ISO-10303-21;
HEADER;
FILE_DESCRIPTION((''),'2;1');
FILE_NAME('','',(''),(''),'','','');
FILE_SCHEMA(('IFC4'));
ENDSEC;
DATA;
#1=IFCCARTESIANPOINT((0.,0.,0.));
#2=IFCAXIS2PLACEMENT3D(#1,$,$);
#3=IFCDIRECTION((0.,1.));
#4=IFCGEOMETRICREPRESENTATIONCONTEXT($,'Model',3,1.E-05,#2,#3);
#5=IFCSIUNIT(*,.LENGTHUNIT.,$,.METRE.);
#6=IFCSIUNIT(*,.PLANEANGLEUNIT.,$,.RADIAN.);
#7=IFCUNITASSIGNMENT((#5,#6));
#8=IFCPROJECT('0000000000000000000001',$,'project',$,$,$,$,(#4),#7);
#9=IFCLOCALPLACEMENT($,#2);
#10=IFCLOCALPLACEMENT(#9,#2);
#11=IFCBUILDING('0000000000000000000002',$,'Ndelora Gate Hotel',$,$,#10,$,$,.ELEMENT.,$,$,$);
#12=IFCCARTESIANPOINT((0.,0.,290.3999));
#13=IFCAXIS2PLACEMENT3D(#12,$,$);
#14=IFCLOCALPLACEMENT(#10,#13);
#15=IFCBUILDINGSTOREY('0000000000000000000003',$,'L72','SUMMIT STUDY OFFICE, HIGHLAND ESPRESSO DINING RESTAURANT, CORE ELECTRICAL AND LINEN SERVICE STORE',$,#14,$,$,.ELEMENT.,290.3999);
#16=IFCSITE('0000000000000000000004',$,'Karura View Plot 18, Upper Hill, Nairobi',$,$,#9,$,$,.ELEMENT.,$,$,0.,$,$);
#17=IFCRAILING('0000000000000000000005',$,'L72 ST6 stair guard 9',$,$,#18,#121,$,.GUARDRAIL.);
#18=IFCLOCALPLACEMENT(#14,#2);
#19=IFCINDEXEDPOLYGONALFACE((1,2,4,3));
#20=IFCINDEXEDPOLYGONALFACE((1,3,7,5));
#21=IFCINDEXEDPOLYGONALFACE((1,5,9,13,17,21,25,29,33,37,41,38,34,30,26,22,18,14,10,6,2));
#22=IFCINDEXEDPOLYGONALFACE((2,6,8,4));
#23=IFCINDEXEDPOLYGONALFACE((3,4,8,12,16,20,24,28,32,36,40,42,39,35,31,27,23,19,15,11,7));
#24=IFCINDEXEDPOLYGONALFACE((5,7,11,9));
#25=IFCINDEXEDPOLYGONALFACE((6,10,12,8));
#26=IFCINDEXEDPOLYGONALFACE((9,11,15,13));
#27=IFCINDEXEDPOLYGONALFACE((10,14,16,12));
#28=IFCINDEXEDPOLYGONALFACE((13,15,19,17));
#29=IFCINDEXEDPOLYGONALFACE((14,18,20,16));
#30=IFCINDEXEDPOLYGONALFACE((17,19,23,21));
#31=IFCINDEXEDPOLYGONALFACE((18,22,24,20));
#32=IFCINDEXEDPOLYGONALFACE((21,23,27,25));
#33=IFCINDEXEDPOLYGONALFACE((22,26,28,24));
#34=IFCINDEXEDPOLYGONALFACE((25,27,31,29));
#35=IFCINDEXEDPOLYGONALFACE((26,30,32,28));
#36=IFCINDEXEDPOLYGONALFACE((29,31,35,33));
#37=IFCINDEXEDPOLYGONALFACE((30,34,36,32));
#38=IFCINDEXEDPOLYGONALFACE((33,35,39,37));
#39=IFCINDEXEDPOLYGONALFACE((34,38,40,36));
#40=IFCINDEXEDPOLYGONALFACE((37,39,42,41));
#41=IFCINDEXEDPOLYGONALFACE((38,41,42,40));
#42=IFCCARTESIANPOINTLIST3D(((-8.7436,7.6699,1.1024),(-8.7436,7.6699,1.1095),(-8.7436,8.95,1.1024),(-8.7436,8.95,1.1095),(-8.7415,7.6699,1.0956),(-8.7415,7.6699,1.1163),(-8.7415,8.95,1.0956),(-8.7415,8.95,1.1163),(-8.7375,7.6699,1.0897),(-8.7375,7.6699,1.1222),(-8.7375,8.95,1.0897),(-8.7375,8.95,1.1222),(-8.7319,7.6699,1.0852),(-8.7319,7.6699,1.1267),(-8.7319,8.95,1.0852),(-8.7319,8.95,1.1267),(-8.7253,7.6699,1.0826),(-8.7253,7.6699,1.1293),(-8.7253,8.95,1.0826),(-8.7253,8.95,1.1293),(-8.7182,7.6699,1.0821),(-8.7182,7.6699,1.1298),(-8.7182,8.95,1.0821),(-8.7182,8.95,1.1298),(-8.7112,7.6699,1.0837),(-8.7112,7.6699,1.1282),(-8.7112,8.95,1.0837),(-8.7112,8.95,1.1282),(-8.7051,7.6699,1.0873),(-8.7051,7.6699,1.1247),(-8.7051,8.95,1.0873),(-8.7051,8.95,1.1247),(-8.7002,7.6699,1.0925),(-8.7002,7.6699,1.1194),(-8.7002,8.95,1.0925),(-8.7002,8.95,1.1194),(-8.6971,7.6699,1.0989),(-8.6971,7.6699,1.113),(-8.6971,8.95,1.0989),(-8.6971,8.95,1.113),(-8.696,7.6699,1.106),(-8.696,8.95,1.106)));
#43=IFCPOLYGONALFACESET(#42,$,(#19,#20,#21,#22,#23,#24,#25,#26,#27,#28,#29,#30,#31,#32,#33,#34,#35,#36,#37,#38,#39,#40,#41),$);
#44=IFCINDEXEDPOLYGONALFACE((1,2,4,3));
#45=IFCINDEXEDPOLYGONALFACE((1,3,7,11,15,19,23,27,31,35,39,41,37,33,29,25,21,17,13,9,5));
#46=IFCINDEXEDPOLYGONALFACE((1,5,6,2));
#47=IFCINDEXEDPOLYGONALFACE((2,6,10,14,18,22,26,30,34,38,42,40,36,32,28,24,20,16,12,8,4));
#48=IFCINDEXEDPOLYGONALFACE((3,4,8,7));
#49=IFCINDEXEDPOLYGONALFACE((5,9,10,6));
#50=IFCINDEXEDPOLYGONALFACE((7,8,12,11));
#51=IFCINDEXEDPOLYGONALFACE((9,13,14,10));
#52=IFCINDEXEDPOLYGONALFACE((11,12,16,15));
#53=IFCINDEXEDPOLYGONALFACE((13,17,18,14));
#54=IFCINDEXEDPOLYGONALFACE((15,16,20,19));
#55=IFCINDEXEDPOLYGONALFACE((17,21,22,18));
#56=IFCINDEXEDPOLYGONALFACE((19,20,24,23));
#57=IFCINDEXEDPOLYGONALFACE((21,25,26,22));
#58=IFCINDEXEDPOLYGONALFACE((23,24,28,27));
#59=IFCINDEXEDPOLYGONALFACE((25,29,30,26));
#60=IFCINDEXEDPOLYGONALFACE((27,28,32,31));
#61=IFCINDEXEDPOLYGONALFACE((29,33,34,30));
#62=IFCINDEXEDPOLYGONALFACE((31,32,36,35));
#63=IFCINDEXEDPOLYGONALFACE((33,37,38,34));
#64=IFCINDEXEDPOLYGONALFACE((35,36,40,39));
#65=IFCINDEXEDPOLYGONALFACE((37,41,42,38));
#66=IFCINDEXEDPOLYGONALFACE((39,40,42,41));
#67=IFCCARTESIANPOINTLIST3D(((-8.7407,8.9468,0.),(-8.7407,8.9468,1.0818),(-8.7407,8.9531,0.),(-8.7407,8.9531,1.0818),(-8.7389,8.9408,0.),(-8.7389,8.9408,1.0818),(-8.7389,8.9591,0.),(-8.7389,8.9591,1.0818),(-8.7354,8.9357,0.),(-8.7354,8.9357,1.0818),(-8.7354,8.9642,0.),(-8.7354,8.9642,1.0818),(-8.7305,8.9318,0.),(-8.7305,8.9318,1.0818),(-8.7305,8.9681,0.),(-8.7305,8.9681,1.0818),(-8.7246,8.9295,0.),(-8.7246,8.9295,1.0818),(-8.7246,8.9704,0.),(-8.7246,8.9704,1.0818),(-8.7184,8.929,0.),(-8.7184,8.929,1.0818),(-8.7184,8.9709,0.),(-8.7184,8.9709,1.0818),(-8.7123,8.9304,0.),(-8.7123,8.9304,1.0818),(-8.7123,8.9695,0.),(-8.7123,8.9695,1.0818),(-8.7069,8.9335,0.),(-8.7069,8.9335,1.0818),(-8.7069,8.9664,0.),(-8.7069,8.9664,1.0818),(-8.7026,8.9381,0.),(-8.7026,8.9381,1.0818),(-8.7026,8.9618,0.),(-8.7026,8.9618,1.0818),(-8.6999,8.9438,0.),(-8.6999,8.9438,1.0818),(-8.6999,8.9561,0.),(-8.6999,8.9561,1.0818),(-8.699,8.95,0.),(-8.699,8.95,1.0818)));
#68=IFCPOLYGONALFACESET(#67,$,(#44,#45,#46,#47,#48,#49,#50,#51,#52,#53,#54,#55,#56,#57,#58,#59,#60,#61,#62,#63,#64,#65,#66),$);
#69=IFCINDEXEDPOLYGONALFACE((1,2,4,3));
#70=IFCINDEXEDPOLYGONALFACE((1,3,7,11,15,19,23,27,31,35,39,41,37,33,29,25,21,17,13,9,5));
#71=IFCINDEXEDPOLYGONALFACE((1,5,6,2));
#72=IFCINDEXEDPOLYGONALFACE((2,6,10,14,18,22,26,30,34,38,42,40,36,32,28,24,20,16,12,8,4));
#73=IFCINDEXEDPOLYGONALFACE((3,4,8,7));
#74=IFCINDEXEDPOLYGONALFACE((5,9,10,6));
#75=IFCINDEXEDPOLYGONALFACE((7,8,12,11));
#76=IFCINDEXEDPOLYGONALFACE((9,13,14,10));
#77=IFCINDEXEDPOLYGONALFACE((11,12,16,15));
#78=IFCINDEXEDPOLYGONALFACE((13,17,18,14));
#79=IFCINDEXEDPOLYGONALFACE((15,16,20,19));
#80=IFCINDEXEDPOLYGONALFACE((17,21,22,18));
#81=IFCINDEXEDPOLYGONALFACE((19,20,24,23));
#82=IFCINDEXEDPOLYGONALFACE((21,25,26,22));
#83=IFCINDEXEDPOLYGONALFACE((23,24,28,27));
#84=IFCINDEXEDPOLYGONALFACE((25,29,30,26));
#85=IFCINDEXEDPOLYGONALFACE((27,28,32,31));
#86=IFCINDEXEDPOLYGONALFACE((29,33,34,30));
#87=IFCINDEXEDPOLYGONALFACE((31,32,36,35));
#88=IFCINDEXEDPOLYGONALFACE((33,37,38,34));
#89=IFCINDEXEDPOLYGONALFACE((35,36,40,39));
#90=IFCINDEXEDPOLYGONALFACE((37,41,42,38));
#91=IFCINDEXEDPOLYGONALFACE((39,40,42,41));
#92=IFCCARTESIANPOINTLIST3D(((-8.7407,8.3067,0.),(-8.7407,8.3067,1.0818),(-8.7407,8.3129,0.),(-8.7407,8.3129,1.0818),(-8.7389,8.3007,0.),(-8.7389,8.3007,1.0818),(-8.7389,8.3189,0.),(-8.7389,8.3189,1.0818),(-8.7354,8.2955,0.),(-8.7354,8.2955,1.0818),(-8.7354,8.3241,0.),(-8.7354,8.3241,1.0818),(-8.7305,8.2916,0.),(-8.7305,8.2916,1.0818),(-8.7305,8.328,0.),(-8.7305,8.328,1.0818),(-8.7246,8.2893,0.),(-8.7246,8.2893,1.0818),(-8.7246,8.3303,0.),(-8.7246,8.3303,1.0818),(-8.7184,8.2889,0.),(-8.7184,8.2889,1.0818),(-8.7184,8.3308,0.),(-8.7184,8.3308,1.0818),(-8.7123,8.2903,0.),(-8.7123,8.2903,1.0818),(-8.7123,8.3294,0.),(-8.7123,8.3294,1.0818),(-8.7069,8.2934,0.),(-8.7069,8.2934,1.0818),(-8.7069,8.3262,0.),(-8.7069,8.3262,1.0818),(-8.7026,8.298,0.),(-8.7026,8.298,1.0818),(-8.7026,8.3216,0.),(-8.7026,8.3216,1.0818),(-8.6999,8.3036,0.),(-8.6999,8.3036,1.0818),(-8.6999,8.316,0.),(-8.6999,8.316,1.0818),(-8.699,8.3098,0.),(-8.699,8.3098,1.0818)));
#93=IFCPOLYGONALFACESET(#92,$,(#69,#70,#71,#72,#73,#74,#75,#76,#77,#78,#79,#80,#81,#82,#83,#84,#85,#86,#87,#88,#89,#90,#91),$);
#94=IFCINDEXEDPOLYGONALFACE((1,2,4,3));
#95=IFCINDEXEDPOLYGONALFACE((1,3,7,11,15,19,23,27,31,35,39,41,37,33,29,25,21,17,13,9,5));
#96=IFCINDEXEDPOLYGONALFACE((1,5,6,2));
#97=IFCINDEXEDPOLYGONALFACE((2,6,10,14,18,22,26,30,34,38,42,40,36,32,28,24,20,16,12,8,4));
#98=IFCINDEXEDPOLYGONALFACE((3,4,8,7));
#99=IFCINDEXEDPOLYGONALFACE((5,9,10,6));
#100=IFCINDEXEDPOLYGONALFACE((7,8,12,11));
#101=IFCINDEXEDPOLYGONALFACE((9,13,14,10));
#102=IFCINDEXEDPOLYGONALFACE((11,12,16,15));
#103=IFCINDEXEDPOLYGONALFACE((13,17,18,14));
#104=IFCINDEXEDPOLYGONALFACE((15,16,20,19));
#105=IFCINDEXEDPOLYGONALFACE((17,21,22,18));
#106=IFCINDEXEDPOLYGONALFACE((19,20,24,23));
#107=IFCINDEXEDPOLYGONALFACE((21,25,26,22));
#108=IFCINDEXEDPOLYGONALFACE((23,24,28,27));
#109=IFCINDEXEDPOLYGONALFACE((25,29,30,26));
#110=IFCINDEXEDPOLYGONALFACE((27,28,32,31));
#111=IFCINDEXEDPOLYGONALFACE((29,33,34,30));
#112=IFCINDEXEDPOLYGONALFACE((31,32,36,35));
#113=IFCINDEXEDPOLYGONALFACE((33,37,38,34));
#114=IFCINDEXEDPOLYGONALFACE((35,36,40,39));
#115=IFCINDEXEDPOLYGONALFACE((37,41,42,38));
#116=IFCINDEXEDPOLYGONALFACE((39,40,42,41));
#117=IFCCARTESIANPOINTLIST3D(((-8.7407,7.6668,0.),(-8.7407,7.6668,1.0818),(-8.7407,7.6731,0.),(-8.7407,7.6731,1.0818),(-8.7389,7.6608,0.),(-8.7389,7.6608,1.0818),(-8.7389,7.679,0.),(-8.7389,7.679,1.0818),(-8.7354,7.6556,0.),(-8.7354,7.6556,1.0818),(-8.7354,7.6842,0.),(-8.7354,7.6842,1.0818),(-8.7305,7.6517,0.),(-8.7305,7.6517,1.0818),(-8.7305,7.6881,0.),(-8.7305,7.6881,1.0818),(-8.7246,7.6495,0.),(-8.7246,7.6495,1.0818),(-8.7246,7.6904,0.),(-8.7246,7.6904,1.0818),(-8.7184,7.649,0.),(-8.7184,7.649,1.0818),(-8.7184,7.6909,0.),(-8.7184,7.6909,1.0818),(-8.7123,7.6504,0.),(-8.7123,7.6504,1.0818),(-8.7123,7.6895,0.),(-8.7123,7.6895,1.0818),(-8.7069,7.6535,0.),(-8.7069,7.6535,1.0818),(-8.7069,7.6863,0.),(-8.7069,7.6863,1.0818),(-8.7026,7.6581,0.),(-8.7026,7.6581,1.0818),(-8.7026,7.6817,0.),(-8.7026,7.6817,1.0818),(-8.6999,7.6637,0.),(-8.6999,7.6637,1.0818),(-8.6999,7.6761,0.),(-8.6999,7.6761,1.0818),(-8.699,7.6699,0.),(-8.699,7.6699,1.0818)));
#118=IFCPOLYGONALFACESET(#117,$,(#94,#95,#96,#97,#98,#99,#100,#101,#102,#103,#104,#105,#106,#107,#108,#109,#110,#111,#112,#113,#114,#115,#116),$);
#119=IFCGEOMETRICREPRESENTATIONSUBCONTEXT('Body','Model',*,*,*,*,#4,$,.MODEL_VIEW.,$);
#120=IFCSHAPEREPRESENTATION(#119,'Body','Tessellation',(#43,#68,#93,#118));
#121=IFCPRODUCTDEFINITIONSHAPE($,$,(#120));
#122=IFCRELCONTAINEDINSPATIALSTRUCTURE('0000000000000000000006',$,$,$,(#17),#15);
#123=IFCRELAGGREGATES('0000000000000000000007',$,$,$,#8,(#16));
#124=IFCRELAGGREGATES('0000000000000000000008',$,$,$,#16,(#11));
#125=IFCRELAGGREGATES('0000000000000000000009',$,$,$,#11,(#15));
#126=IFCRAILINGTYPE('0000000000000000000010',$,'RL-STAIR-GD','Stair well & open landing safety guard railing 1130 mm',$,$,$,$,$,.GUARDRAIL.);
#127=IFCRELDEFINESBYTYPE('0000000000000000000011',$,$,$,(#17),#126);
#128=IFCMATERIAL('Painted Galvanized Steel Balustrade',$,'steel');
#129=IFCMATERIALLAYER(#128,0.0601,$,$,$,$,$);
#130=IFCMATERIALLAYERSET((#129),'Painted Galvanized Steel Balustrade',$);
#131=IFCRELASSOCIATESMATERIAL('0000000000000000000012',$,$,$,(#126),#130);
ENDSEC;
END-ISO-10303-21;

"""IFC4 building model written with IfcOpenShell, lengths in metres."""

from ifc_helpers import new_model, si_unit, direction, frame, origin, origin_2d, place, context, subcontext, project, spatial, circle, extrude, material, layer, layer_set, type_object, element, save


model = new_model("IFC4")

# Units and contexts
model_context = context("Model", 3, precision=1e-05, world=origin(), true_north=direction((0.0, 1.0)))
body_context = subcontext(model_context, "Body", "Model", "MODEL_VIEW")
ifc_project = project(units=[si_unit("LENGTHUNIT", "METRE"), si_unit("PLANEANGLEUNIT", "RADIAN")], contexts=[model_context])

# Site, building, storey
site_placement = place(None, origin())
site = spatial("IfcSite", under=ifc_project, at=site_placement, Name="Karura View Plot 18, Upper Hill, Nairobi", CompositionType="ELEMENT", RefElevation=0.0)
building_placement = place(site_placement, origin())
building = spatial("IfcBuilding", under=site, at=building_placement, Name="Ndelora Gate Hotel", CompositionType="ELEMENT")
storey_placement = place(building_placement, frame((0.0, 0.0, 290.3999)))
storey = spatial("IfcBuildingStorey", under=building, at=storey_placement, Name="L72", Description="SUMMIT STUDY OFFICE, HIGHLAND ESPRESSO DINING RESTAURANT, CORE ELECTRICAL AND LINEN SERVICE STORE", CompositionType="ELEMENT", Elevation=290.3999)

# Railing
ifc_material_1 = material(Name="Painted Galvanized Steel Balustrade", Category="steel")
ifc_layer_1 = layer(ifc_material_1, 0.0601)
ifc_layer_set_1 = layer_set([ifc_layer_1], Name="Painted Galvanized Steel Balustrade")
railing_type_1 = type_object("IfcRailingType", Name="RL-STAIR-GD", Description="Stair well & open landing safety guard railing 1130 mm", PredefinedType="GUARDRAIL", material=ifc_layer_set_1)
for number, where, name in (
    (1, (-8.72, 8.95, 0.0), "L72 ST6 stair guard 9"),
):
    element("IfcRailing", number, at=place(storey_placement, frame(where)), inside=storey, type_object=railing_type_1, Name=name, PredefinedType="GUARDRAIL", context=body_context, shape_type="SweptSolid", body=[
        extrude(circle(Radius=0.0239, at=origin_2d()), frame((0.0, 0.0, 1.106), z_axis=(0.0, -1.0, 0.0), x_axis=(1.0, 0.0, 0.0)), (0.0, 0.0, 1.0), 1.28),
        extrude(circle(Radius=0.021, at=origin_2d()), origin(), (0.0, 0.0, 1.0), 1.0818),
        extrude(circle(Radius=0.021, at=origin_2d()), frame((0.0, -0.6401, 0.0)), (0.0, 0.0, 1.0), 1.0818),
        extrude(circle(Radius=0.021, at=origin_2d()), frame((0.0, -1.28, 0.0)), (0.0, 0.0, 1.0), 1.0818),
    ])

save(model, "model.ifc")
